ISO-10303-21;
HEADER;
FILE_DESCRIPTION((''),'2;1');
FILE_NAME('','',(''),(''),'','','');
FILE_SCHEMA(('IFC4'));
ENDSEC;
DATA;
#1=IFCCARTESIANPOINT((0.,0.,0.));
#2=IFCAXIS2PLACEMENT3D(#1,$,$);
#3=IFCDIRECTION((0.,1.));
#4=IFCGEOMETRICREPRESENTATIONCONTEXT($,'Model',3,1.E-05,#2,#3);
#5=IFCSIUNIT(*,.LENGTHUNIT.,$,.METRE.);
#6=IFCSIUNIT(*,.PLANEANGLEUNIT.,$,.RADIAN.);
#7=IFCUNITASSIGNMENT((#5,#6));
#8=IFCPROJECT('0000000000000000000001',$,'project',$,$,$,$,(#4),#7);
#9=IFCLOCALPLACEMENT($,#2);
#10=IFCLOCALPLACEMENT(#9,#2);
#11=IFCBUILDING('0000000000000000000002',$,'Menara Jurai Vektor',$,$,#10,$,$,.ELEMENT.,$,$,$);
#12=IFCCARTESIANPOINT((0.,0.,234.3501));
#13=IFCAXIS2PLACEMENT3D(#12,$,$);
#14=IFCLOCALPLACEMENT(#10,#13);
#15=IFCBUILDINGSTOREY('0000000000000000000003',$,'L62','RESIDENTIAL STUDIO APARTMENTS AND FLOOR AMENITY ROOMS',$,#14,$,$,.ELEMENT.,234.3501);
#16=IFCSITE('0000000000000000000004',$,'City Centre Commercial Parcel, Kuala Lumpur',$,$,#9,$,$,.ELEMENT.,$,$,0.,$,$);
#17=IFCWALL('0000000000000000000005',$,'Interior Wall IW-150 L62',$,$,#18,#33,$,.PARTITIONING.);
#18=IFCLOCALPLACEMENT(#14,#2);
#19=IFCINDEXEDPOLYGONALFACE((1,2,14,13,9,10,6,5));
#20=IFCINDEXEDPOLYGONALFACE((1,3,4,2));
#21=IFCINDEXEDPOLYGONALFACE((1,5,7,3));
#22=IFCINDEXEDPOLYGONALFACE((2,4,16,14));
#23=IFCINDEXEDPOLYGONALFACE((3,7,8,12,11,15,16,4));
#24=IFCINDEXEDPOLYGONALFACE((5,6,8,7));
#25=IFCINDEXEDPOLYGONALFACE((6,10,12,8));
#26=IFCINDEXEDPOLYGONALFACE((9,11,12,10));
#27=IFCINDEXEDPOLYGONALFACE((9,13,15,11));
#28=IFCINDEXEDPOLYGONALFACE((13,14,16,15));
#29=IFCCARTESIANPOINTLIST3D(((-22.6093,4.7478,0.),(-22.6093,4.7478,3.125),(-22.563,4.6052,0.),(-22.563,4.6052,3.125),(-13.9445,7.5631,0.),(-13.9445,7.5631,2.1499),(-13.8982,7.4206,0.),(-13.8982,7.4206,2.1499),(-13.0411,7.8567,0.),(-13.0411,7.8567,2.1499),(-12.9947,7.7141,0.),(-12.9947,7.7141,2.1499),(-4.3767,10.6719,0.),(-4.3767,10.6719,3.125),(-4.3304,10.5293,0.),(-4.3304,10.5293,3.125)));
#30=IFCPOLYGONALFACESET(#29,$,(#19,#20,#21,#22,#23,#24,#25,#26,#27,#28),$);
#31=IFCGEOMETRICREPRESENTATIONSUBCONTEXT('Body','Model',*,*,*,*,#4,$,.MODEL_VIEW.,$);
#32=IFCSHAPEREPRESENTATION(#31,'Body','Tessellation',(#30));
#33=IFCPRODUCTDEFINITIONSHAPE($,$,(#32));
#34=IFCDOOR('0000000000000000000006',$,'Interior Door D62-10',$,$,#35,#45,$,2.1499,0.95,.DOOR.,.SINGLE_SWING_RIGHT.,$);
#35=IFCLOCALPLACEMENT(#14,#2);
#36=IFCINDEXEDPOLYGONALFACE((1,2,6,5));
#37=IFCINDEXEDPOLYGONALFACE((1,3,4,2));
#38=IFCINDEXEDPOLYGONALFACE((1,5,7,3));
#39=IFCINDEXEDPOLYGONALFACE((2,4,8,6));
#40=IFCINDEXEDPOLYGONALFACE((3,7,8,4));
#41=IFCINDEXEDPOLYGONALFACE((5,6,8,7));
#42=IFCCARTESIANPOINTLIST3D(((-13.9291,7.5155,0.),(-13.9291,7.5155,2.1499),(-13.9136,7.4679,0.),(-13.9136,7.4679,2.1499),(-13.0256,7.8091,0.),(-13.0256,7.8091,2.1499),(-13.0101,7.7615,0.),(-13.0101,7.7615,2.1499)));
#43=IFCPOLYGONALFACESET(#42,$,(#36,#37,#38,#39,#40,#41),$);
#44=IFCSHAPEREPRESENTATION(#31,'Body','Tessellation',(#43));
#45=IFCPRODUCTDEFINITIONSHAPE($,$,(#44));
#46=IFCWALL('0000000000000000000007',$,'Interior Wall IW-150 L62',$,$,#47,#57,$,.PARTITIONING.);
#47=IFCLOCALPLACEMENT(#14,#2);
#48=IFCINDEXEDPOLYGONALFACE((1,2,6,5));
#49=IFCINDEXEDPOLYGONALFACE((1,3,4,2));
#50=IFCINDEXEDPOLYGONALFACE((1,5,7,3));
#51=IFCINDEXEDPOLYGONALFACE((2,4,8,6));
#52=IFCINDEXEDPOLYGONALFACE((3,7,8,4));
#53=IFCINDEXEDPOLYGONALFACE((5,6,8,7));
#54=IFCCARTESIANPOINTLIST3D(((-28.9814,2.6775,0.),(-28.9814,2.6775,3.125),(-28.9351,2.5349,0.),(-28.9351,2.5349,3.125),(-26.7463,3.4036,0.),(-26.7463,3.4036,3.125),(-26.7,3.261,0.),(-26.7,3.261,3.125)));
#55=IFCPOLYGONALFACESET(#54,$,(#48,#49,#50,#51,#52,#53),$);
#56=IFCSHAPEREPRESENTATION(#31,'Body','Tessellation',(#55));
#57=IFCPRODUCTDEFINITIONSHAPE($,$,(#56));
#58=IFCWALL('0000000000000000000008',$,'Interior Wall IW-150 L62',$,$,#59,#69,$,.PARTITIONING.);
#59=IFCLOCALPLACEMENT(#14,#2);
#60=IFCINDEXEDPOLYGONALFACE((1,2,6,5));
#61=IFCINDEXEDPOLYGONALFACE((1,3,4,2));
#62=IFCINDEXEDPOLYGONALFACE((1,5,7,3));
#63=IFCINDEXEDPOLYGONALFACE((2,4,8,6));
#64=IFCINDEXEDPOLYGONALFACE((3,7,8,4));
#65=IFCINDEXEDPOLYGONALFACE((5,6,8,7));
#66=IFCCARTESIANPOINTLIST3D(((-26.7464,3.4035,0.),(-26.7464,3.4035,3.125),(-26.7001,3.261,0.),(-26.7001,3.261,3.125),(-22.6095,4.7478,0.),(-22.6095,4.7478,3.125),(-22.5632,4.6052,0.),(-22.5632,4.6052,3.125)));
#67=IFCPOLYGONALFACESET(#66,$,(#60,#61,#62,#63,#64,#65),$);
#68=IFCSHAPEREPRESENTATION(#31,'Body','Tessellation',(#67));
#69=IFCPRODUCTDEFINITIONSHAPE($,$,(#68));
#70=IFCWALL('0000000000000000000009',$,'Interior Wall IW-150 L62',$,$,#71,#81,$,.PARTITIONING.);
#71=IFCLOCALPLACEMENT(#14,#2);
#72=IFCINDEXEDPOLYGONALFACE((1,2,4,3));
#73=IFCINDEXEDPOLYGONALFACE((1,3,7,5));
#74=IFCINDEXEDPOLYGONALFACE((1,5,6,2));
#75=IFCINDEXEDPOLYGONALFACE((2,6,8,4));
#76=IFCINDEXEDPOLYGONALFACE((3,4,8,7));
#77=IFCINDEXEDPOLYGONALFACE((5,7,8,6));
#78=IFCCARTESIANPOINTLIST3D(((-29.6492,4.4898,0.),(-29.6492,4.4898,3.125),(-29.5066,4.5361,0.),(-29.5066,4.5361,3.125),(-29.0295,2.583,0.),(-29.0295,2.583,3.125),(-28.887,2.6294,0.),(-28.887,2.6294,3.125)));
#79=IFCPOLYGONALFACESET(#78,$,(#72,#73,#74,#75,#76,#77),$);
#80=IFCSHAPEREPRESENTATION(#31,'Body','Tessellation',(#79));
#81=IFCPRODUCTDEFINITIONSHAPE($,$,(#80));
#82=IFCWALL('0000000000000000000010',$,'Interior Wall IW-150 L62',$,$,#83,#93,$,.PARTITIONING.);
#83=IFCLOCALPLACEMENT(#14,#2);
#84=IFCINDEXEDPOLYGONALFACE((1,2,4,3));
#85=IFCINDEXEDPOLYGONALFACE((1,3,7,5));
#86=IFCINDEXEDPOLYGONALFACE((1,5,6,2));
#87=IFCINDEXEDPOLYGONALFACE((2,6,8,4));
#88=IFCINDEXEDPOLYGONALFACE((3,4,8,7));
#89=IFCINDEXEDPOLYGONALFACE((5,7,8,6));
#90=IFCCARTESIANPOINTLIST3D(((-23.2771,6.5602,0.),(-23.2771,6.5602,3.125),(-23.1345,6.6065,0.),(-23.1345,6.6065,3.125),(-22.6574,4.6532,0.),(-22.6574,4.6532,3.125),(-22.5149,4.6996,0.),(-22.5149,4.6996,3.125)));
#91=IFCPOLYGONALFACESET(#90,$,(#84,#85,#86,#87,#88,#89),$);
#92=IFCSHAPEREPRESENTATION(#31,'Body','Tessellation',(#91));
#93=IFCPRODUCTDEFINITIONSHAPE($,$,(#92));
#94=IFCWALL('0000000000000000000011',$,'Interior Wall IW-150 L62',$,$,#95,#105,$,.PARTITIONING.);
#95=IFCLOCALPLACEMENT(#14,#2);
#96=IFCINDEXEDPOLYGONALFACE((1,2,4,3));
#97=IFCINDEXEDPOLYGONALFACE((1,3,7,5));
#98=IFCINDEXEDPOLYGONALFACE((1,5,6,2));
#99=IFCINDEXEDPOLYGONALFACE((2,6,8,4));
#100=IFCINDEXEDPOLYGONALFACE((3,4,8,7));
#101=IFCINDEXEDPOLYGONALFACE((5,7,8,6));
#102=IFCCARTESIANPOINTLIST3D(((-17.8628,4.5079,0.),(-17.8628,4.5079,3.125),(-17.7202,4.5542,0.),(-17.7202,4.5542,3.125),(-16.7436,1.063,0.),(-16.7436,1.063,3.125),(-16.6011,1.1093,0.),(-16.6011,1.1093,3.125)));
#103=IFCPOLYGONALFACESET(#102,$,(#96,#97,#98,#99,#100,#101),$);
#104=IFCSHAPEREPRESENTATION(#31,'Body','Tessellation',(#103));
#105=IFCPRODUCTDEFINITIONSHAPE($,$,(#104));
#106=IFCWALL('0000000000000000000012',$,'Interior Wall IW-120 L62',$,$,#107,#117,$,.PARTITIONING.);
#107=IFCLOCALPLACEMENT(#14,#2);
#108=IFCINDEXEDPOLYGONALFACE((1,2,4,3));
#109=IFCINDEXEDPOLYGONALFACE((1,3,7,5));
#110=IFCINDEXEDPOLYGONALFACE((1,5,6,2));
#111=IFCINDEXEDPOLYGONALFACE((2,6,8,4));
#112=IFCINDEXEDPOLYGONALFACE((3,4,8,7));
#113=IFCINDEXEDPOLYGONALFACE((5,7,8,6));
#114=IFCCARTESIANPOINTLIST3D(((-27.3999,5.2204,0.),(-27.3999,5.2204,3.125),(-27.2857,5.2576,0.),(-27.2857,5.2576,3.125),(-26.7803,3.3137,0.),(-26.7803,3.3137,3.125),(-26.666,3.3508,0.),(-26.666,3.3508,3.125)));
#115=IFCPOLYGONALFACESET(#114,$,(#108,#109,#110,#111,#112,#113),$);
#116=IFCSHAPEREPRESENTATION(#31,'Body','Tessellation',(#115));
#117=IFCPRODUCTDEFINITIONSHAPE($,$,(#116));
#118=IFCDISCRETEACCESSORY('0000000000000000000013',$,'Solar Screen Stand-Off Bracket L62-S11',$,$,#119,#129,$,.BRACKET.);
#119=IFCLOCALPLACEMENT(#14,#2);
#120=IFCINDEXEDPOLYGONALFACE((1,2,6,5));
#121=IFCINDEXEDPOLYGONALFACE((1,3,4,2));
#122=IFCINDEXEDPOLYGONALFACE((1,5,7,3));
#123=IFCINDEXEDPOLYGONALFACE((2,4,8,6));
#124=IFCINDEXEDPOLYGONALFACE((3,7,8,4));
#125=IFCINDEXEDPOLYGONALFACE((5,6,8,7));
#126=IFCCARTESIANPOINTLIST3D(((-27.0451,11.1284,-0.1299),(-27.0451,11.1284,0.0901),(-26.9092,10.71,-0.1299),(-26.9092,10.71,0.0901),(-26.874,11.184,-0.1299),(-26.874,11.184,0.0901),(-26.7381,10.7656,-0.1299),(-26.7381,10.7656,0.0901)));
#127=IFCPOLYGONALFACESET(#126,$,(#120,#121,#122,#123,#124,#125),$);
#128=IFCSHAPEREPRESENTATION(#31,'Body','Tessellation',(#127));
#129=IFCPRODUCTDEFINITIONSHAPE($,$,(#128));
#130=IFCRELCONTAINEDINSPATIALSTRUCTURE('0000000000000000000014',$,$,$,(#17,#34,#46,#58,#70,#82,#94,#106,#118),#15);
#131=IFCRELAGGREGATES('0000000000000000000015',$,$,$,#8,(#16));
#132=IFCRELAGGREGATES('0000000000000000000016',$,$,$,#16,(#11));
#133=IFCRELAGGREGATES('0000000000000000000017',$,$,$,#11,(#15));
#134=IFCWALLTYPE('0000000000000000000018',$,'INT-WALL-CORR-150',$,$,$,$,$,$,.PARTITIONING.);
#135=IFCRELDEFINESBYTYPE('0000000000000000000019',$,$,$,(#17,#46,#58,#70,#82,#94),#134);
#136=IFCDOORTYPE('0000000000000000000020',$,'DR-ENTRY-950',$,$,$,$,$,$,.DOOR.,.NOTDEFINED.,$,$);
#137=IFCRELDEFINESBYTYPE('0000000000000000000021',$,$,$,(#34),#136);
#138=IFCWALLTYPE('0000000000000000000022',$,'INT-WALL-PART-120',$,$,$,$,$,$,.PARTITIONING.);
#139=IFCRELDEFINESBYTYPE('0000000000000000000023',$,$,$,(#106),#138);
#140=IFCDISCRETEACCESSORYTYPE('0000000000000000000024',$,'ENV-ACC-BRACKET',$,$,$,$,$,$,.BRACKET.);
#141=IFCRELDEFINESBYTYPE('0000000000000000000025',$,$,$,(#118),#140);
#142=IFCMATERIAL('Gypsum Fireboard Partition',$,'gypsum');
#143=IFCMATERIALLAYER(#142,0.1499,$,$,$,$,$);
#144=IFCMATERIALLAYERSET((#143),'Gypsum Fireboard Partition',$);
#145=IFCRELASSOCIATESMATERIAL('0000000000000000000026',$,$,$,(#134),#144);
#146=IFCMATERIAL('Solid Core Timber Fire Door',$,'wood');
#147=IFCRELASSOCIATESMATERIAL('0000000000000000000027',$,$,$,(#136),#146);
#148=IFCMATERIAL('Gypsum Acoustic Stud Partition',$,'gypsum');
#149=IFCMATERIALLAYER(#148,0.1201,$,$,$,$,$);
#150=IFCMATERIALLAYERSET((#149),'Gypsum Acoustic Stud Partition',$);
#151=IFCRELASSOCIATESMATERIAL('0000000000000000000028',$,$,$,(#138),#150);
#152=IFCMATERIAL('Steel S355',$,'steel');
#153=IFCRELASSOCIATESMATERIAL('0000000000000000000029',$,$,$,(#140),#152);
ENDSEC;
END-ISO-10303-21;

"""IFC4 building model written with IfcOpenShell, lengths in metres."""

from ifc_helpers import new_model, si_unit, direction, frame, frame_2d, origin, origin_2d, place, context, subcontext, project, spatial, rectangle, extrude, material, layer, layer_set, type_object, element, fill, save


model = new_model("IFC4")

# Units and contexts
model_context = context("Model", 3, precision=1e-05, world=origin(), true_north=direction((0.0, 1.0)))
body_context = subcontext(model_context, "Body", "Model", "MODEL_VIEW")
ifc_project = project(units=[si_unit("LENGTHUNIT", "METRE"), si_unit("PLANEANGLEUNIT", "RADIAN")], contexts=[model_context])

# Site, building, storey
site_placement = place(None, origin())
site = spatial("IfcSite", under=ifc_project, at=site_placement, Name="City Centre Commercial Parcel, Kuala Lumpur", CompositionType="ELEMENT", RefElevation=0.0)
building_placement = place(site_placement, origin())
building = spatial("IfcBuilding", under=site, at=building_placement, Name="Menara Jurai Vektor", CompositionType="ELEMENT")
storey_placement = place(building_placement, frame((0.0, 0.0, 234.3501)))
storey = spatial("IfcBuildingStorey", under=building, at=storey_placement, Name="L62", Description="RESIDENTIAL STUDIO APARTMENTS AND FLOOR AMENITY ROOMS", CompositionType="ELEMENT", Elevation=234.3501)

# Shared definitions
ifc_material_1 = material(Name="Steel S355", Category="steel")

# Wall, opening, door
ifc_material_2 = material(Name="Gypsum Fireboard Partition", Category="gypsum")
ifc_layer_1 = layer(ifc_material_2, 0.1499)
ifc_layer_set_1 = layer_set([ifc_layer_1], Name="Gypsum Fireboard Partition")
wall_type_1 = type_object("IfcWallType", Name="INT-WALL-CORR-150", PredefinedType="PARTITIONING", material=ifc_layer_set_1)
wall_1_placement = place(storey_placement, frame((-22.5862, 4.6765, 0.0), z_axis=(0.0, 0.0, 1.0), x_axis=(0.951058, 0.309013, 0.0)))
wall_1 = element("IfcWall", 1, at=wall_1_placement, inside=storey, type_object=wall_type_1, Name="Interior Wall IW-150 L62", PredefinedType="PARTITIONING", context=body_context, shape_type="SweptSolid", body=[
    extrude(rectangle(XDim=19.1709, YDim=0.1499, at=frame_2d((9.5854, 0.0))), origin(), (0.0, 0.0, 1.0), 3.125),
])
opening_1_placement = place(wall_1_placement, frame((9.1106, 0.0, 0.0)))
opening_1 = element("IfcOpeningElement", 2, at=opening_1_placement, cuts=wall_1, PredefinedType="OPENING", context=body_context, shape_type="SweptSolid", body=[
    extrude(rectangle(XDim=0.95, YDim=2.1499, at=frame_2d((0.4751, 1.075))), frame((0.0, 0.085, 0.0), z_axis=(0.0, -1.0, 0.0), x_axis=(1.0, 0.0, 0.0)), (0.0, 0.0, 1.0), 0.1699),
])
ifc_material_3 = material(Name="Solid Core Timber Fire Door", Category="wood")
door_type_1 = type_object("IfcDoorType", Name="DR-ENTRY-950", OperationType="NOTDEFINED", PredefinedType="DOOR", material=ifc_material_3)
door_1_placement = place(opening_1_placement, origin())
door_1 = element("IfcDoor", 3, at=door_1_placement, inside=storey, type_object=door_type_1, Name="Interior Door D62-10", OperationType="SINGLE_SWING_RIGHT", OverallHeight=2.1499, OverallWidth=0.95, PredefinedType="DOOR", context=body_context, shape_type="SweptSolid", body=[
    extrude(rectangle(XDim=0.95, YDim=2.1499, at=frame_2d((0.4751, 1.075))), frame((0.0, 0.0249, 0.0), z_axis=(0.0, -1.0, 0.0), x_axis=(1.0, 0.0, 0.0)), (0.0, 0.0, 1.0), 0.05),
])
fill(opening_1, door_1)

# Walls
wall_2_placement = place(storey_placement, frame((-28.9583, 2.6062, 0.0), z_axis=(0.0, 0.0, 1.0), x_axis=(0.951076, 0.308957, 0.0)))
element("IfcWall", 4, at=wall_2_placement, inside=storey, type_object=wall_type_1, Name="Interior Wall IW-150 L62", PredefinedType="PARTITIONING", context=body_context, shape_type="SweptSolid", body=[
    extrude(rectangle(XDim=2.3501, YDim=0.1499, at=frame_2d((1.175, 0.0))), origin(), (0.0, 0.0, 1.0), 3.125),
])
wall_3_placement = place(storey_placement, frame((-26.7231, 3.3323, 0.0), z_axis=(0.0, 0.0, 1.0), x_axis=(0.951053, 0.309029, 0.0)))
element("IfcWall", 5, at=wall_3_placement, inside=storey, type_object=wall_type_1, Name="Interior Wall IW-150 L62", PredefinedType="PARTITIONING", context=body_context, shape_type="SweptSolid", body=[
    extrude(rectangle(XDim=4.3499, YDim=0.1499, at=frame_2d((2.1748, 0.0))), origin(), (0.0, 0.0, 1.0), 3.125),
])

# Wall
wall_4_placement = place(storey_placement, frame((-28.9583, 2.6062, 0.0), z_axis=(0.0, 0.0, 1.0), x_axis=(-0.309059, 0.951043, 0.0)))
element("IfcWall", 6, at=wall_4_placement, inside=storey, type_object=wall_type_1, Name="Interior Wall IW-150 L62", PredefinedType="PARTITIONING", context=body_context, shape_type="SweptSolid", body=[
    extrude(rectangle(XDim=2.0049, YDim=0.1499, at=frame_2d((1.0024, 0.0))), origin(), (0.0, 0.0, 1.0), 3.125),
])

# Walls
wall_5_placement = place(storey_placement, frame((-22.5862, 4.6765, 0.0), z_axis=(0.0, 0.0, 1.0), x_axis=(-0.309023, 0.951055, 0.0)))
element("IfcWall", 7, at=wall_5_placement, inside=storey, type_object=wall_type_1, Name="Interior Wall IW-150 L62", PredefinedType="PARTITIONING", context=body_context, shape_type="SweptSolid", body=[
    extrude(rectangle(XDim=2.0051, YDim=0.1499, at=frame_2d((1.0024, 0.0))), origin(), (0.0, 0.0, 1.0), 3.125),
])
wall_6_placement = place(storey_placement, frame((-16.6724, 1.0862, 0.0), z_axis=(0.0, 0.0, 1.0), x_axis=(-0.308979, 0.951069, 0.0)))
element("IfcWall", 8, at=wall_6_placement, inside=storey, type_object=wall_type_1, Name="Interior Wall IW-150 L62", PredefinedType="PARTITIONING", context=body_context, shape_type="SweptSolid", body=[
    extrude(rectangle(XDim=3.6221, YDim=0.1499, at=frame_2d((1.811, 0.0))), origin(), (0.0, 0.0, 1.0), 3.125),
])
ifc_material_4 = material(Name="Gypsum Acoustic Stud Partition", Category="gypsum")
ifc_layer_2 = layer(ifc_material_4, 0.1201)
ifc_layer_set_2 = layer_set([ifc_layer_2], Name="Gypsum Acoustic Stud Partition")
wall_type_2 = type_object("IfcWallType", Name="INT-WALL-PART-120", PredefinedType="PARTITIONING", material=ifc_layer_set_2)
wall_7_placement = place(storey_placement, frame((-26.7231, 3.3323, 0.0), z_axis=(0.0, 0.0, 1.0), x_axis=(-0.309059, 0.951043, 0.0)))
element("IfcWall", 9, at=wall_7_placement, inside=storey, type_object=wall_type_2, Name="Interior Wall IW-120 L62", PredefinedType="PARTITIONING", context=body_context, shape_type="SweptSolid", body=[
    extrude(rectangle(XDim=2.0049, YDim=0.1201, at=frame_2d((1.0024, 0.0))), origin(), (0.0, 0.0, 1.0), 3.125),
])

# Discrete accessory
discrete_accessory_type = type_object("IfcDiscreteAccessoryType", Name="ENV-ACC-BRACKET", PredefinedType="BRACKET", material=ifc_material_1)
discrete_accessory_placement = place(storey_placement, frame((-26.8916, 10.947, -0.1299), z_axis=(0.0, 0.0, 1.0), x_axis=(-0.951057, -0.309017, 0.0)))
element("IfcDiscreteAccessory", 10, at=discrete_accessory_placement, inside=storey, type_object=discrete_accessory_type, Name="Solar Screen Stand-Off Bracket L62-S11", PredefinedType="BRACKET", context=body_context, shape_type="SweptSolid", body=[
    extrude(rectangle(XDim=0.1799, YDim=0.4399, at=origin_2d()), origin(), (0.0, 0.0, 1.0), 0.22),
])

save(model, "model.ifc")
